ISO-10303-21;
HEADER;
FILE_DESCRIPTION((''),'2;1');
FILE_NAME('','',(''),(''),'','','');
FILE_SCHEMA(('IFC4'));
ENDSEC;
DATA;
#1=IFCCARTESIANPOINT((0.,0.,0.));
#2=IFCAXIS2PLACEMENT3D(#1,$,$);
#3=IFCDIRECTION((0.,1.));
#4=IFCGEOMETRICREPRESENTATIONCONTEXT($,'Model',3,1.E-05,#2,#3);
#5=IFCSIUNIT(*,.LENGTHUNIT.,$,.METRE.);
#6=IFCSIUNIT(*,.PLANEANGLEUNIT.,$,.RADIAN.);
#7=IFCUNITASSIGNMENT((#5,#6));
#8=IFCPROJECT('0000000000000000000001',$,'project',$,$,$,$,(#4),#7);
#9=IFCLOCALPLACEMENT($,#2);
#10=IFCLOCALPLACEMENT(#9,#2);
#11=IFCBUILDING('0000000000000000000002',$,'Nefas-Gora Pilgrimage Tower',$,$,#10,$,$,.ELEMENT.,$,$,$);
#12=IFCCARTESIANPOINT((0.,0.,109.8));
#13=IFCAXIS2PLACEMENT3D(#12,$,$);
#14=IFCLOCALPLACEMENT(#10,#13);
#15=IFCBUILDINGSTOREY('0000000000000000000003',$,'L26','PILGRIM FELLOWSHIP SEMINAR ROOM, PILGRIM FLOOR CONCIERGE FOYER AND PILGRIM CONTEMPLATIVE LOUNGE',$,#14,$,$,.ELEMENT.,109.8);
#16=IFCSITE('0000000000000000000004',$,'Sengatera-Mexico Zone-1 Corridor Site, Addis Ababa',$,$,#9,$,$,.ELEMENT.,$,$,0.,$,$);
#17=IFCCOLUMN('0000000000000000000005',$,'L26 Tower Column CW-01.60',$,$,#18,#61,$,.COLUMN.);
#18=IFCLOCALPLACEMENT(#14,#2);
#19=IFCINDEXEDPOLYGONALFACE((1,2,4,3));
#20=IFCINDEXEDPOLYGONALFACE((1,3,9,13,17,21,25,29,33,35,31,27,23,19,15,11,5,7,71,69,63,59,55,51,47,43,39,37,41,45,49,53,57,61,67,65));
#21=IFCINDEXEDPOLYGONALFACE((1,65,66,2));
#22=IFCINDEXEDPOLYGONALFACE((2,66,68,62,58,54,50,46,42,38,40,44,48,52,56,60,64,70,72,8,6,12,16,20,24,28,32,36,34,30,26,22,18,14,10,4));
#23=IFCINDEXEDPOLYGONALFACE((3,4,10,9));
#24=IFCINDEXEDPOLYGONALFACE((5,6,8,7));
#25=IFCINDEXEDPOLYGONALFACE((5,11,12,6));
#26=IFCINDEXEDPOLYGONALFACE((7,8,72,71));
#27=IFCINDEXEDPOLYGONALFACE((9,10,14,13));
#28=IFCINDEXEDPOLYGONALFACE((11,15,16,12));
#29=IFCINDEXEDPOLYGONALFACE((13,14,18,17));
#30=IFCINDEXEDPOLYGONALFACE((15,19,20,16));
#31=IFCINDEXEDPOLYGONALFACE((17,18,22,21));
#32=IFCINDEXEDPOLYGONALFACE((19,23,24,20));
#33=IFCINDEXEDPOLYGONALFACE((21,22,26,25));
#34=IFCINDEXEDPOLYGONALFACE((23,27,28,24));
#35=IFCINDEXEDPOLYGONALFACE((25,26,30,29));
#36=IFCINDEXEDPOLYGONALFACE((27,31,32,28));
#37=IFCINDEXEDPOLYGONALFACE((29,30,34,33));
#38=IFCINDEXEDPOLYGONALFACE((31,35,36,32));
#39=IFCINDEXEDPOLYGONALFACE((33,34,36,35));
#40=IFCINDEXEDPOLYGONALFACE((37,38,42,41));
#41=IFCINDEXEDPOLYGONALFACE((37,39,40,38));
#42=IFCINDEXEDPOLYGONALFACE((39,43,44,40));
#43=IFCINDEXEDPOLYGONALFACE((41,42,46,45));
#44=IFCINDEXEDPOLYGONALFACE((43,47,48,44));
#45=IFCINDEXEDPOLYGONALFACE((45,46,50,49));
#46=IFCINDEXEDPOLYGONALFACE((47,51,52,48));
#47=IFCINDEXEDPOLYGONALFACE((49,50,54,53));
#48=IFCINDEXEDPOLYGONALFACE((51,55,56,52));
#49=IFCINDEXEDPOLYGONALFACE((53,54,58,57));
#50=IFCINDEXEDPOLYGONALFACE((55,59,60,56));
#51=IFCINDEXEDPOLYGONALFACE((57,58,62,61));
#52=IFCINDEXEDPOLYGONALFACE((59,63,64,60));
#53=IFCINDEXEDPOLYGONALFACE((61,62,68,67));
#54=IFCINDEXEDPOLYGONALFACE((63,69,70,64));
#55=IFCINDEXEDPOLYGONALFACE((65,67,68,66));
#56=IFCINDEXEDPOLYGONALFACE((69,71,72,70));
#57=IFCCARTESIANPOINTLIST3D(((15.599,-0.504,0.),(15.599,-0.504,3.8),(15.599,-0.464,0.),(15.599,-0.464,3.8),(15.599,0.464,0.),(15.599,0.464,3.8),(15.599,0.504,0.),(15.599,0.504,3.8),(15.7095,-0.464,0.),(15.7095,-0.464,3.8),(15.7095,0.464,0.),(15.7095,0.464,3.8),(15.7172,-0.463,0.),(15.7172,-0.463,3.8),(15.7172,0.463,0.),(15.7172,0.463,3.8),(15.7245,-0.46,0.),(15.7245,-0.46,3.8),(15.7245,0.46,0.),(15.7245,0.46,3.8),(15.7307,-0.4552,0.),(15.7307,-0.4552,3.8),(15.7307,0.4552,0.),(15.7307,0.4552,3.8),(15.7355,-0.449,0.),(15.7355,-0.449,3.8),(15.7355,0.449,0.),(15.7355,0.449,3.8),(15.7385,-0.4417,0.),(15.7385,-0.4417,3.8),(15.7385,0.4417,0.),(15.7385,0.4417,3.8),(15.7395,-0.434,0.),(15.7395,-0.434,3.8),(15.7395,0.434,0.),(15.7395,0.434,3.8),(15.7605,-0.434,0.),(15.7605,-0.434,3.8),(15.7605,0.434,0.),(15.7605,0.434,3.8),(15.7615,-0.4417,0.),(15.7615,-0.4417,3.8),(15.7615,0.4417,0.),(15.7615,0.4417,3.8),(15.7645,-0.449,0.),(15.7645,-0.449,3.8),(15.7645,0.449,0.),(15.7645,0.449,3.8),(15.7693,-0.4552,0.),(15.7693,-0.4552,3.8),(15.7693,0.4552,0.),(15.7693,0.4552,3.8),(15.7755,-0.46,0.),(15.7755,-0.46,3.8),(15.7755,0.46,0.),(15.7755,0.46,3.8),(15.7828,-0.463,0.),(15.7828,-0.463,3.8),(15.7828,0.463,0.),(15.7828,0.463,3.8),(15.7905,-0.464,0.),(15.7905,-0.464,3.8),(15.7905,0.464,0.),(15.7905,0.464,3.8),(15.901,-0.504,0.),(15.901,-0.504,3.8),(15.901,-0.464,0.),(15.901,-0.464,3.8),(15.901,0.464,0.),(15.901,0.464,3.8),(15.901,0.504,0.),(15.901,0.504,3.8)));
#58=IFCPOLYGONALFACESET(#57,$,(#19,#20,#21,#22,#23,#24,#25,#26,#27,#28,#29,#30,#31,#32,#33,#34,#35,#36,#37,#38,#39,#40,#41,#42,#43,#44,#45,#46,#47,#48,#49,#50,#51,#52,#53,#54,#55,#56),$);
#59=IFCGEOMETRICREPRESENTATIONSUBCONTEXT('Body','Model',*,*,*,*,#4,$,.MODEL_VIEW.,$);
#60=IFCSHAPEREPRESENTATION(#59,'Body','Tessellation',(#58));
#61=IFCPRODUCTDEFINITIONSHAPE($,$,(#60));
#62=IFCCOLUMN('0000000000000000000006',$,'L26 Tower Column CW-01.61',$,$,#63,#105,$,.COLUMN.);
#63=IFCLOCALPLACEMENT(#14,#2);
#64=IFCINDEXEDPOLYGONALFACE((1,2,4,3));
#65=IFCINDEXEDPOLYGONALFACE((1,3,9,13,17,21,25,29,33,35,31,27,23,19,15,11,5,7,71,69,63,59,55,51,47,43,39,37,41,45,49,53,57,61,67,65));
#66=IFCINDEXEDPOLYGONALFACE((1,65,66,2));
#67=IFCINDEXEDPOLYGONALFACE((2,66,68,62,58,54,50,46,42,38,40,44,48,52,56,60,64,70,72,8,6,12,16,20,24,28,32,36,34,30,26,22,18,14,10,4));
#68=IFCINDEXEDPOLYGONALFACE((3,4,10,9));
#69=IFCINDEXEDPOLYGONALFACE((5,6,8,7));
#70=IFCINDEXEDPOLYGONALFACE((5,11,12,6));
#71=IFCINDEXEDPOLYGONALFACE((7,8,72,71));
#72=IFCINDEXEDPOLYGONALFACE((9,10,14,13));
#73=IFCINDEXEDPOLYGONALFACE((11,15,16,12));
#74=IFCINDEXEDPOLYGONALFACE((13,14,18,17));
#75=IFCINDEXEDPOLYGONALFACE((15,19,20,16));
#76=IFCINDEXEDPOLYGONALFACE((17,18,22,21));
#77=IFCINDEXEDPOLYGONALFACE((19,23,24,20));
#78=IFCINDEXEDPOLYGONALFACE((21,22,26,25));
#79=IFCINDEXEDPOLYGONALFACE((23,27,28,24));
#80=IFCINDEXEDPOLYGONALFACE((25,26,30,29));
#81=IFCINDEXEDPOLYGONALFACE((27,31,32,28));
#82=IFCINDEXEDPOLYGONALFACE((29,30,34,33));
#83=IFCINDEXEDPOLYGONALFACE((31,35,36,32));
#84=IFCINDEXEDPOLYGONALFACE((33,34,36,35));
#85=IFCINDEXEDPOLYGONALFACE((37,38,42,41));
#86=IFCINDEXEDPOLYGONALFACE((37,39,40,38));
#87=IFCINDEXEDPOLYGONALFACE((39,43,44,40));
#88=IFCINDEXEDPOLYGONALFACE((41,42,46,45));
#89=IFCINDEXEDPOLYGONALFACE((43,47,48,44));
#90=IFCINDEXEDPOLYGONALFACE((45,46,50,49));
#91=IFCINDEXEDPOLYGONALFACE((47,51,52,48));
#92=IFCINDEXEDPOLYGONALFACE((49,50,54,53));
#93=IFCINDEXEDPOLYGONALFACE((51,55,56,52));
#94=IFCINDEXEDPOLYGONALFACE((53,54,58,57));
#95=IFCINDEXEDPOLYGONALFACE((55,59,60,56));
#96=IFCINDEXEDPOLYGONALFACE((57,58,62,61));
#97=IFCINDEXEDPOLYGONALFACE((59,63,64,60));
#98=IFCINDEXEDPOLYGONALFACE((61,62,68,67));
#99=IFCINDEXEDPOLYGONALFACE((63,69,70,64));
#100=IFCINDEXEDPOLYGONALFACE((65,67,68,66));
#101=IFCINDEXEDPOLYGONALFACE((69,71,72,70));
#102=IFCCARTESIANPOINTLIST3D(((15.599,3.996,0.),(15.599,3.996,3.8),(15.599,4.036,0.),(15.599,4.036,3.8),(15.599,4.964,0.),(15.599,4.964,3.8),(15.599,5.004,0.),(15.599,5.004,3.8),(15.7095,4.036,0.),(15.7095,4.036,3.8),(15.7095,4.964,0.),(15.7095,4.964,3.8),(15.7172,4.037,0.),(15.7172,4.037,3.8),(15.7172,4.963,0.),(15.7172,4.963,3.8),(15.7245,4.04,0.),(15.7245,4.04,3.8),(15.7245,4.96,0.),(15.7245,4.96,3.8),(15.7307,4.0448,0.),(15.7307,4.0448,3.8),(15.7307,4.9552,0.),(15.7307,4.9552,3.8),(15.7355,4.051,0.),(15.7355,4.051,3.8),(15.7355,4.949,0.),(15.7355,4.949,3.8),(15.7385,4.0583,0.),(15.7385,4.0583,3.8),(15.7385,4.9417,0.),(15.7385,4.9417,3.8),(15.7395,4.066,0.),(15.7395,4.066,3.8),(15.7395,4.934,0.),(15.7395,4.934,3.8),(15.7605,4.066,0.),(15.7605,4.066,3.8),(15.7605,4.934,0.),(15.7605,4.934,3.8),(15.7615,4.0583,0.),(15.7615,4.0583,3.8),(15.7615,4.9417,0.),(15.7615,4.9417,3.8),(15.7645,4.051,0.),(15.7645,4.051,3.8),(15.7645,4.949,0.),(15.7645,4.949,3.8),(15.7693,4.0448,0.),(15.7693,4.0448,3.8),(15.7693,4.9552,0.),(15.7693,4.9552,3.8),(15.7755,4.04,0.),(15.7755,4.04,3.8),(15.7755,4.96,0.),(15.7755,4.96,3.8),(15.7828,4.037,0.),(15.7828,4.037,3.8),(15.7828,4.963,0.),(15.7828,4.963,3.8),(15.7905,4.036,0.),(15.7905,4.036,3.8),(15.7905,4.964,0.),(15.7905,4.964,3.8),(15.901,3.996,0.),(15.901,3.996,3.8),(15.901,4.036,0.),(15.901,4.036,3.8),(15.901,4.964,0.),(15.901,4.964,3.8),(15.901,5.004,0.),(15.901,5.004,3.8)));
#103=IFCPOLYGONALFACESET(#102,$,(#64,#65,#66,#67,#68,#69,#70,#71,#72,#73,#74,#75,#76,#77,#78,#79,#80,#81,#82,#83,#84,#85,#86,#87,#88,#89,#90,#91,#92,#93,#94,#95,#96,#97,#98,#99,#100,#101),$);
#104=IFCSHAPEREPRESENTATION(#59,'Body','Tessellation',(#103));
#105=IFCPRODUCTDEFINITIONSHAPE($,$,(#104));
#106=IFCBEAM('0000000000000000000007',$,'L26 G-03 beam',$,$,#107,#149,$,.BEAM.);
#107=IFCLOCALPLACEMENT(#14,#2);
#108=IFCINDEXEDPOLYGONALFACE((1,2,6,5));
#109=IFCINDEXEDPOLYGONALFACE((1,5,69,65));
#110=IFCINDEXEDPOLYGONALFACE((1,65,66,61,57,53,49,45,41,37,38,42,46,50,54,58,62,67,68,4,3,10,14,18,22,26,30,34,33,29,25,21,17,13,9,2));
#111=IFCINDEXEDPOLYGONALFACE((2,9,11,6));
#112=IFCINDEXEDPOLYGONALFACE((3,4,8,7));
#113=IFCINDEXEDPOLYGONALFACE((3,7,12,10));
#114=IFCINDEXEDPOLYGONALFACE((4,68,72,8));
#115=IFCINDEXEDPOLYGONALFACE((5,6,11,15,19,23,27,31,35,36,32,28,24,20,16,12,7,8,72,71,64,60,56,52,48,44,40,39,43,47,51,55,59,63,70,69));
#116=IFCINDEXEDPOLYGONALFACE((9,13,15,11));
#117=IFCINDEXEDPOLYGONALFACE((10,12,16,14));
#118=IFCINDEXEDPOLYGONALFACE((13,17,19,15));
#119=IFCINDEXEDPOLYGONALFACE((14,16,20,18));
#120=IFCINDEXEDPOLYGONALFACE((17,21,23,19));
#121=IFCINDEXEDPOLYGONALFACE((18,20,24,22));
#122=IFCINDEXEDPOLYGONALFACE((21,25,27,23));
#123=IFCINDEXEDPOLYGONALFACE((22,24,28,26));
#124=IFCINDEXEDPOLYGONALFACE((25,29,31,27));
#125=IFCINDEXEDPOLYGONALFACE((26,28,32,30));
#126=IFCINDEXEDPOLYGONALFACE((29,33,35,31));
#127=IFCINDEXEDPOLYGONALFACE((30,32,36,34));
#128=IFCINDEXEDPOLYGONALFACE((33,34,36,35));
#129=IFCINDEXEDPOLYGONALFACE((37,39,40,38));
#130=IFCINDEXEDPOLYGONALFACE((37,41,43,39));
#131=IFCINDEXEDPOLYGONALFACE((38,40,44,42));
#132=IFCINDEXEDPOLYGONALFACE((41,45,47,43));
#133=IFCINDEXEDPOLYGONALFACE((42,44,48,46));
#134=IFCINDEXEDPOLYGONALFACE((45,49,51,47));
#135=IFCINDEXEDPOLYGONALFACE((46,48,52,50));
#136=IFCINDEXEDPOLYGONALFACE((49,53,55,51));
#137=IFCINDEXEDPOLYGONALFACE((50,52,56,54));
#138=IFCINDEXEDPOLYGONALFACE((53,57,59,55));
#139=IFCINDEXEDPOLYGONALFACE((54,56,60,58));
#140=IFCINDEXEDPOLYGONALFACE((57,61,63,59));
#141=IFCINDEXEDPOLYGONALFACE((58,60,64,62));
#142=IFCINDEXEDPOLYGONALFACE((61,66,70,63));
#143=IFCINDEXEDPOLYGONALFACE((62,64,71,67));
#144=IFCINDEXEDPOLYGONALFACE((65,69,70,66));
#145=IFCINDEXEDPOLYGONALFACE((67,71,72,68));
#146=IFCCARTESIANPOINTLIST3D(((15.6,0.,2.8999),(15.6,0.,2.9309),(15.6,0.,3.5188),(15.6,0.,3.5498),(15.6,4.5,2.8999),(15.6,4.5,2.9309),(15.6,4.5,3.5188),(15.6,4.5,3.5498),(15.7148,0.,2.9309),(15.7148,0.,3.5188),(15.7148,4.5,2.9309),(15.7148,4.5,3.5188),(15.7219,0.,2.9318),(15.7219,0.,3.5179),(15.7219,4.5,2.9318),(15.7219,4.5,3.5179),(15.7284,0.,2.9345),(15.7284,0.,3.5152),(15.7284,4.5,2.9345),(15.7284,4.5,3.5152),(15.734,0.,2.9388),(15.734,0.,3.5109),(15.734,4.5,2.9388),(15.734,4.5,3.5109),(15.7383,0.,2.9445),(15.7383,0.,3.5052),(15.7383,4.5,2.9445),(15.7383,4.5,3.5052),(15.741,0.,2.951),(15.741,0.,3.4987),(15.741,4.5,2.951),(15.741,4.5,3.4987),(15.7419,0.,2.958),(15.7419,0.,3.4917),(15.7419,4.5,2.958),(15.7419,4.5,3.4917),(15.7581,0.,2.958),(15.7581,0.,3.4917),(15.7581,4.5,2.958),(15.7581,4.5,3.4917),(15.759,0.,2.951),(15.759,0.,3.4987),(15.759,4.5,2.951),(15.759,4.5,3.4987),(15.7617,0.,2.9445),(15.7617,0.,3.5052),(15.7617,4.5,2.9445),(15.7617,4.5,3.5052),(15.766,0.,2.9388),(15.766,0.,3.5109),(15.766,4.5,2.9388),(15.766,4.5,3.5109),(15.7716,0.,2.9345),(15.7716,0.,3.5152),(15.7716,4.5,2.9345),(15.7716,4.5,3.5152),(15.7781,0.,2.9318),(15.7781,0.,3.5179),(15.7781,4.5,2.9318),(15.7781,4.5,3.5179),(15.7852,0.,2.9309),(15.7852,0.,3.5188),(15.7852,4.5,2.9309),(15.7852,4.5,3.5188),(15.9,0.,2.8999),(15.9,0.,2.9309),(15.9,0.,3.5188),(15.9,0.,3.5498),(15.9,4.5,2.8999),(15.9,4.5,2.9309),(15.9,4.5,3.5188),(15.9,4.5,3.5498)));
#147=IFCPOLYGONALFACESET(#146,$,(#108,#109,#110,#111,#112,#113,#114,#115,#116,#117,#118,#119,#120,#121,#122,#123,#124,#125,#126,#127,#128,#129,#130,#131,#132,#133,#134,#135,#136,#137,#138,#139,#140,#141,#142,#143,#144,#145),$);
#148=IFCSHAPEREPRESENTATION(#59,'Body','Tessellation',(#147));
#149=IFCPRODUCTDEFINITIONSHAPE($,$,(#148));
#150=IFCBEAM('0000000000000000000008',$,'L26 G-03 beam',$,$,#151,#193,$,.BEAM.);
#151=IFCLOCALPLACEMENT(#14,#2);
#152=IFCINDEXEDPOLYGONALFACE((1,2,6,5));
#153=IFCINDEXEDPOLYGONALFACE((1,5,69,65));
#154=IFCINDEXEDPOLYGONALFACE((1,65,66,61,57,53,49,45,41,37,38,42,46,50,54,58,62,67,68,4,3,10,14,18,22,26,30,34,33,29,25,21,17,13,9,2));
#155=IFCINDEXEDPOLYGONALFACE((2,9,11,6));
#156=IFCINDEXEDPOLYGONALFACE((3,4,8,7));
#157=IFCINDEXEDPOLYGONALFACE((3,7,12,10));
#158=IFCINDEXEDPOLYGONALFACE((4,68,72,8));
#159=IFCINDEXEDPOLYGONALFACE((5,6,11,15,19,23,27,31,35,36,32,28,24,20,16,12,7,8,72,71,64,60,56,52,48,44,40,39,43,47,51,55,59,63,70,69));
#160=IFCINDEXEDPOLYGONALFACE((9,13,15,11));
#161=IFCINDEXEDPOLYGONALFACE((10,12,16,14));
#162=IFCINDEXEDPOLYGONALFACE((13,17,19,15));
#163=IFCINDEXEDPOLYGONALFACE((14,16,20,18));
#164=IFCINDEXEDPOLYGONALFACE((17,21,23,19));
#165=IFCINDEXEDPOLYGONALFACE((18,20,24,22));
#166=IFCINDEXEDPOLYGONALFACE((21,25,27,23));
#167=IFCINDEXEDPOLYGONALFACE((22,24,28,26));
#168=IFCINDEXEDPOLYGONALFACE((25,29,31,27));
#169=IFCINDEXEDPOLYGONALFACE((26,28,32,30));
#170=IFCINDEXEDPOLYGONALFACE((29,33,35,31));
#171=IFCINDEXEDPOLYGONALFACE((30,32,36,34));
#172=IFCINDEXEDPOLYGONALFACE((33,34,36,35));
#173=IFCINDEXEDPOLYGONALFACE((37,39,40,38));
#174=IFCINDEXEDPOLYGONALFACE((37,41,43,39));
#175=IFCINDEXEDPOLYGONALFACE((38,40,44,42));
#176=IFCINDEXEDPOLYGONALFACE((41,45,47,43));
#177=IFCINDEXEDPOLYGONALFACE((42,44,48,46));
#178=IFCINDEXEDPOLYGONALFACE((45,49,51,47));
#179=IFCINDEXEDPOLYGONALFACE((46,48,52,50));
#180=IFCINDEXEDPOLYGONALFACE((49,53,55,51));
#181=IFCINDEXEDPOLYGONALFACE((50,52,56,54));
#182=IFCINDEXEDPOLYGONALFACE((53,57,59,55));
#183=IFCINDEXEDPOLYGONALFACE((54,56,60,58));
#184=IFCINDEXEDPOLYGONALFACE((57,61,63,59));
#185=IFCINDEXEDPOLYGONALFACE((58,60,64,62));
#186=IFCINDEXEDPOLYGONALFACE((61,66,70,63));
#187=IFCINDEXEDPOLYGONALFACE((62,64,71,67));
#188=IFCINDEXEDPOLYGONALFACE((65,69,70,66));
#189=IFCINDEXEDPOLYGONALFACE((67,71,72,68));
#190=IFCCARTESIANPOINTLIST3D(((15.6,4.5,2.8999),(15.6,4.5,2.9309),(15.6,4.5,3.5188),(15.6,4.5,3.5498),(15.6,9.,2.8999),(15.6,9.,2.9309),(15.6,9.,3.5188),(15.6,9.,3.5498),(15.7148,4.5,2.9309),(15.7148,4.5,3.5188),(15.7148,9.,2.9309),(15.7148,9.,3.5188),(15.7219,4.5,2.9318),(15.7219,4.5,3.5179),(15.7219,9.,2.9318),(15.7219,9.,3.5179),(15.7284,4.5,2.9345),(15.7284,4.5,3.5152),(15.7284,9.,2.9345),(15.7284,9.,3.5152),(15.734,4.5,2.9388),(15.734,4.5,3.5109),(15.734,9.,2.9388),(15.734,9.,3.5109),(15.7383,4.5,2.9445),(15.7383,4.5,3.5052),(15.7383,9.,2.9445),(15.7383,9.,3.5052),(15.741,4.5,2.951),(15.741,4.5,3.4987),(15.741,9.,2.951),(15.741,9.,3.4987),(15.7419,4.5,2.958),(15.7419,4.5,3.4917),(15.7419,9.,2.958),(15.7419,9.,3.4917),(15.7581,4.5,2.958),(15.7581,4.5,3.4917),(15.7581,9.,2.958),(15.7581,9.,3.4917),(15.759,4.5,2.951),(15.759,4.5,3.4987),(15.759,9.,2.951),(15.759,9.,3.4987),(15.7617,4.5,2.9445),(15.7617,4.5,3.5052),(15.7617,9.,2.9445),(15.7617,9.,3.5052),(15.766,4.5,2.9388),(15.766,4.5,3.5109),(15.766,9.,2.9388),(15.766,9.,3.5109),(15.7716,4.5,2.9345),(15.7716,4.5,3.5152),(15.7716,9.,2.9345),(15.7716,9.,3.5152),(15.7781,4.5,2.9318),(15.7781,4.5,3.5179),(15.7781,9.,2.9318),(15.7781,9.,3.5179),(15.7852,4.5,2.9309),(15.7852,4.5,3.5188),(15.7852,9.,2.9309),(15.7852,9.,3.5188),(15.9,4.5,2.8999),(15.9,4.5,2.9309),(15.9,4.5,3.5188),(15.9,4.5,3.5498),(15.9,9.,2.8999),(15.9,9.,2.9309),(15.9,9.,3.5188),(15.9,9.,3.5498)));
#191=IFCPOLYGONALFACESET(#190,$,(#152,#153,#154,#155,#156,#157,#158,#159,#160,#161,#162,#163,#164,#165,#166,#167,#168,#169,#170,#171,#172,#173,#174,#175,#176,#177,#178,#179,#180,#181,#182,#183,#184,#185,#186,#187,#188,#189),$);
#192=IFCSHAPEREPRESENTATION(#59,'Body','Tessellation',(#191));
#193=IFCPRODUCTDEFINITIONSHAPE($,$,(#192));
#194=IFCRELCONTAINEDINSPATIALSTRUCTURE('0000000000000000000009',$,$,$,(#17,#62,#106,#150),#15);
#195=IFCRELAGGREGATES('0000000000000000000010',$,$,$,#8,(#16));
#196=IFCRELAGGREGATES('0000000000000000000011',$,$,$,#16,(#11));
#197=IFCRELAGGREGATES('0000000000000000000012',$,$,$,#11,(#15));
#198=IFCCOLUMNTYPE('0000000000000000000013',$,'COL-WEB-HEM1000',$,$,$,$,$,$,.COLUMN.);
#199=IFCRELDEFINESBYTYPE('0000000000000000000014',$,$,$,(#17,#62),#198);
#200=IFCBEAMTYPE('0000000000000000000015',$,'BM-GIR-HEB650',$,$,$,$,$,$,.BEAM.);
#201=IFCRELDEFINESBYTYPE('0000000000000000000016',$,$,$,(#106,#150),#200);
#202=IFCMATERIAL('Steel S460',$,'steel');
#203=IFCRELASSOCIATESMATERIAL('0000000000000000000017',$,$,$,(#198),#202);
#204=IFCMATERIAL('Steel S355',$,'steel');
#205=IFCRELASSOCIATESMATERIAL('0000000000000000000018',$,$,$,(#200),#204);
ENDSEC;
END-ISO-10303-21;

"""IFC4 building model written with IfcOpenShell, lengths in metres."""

from ifc_helpers import new_model, si_unit, direction, frame, origin, origin_2d, place, context, subcontext, project, spatial, i_section, extrude, source, transform, mapped, material, material_profile, profile_set, type_object, element, save


model = new_model("IFC4")

# Units and contexts
model_context = context("Model", 3, precision=1e-05, world=origin(), true_north=direction((0.0, 1.0)))
body_context = subcontext(model_context, "Body", "Model", "MODEL_VIEW")
ifc_project = project(units=[si_unit("LENGTHUNIT", "METRE"), si_unit("PLANEANGLEUNIT", "RADIAN")], contexts=[model_context])

# Site, building, storey
site_placement = place(None, origin())
site = spatial("IfcSite", under=ifc_project, at=site_placement, Name="Sengatera-Mexico Zone-1 Corridor Site, Addis Ababa", CompositionType="ELEMENT", RefElevation=0.0)
building_placement = place(site_placement, origin())
building = spatial("IfcBuilding", under=site, at=building_placement, Name="Nefas-Gora Pilgrimage Tower", CompositionType="ELEMENT")
storey_placement = place(building_placement, frame((0.0, 0.0, 109.8)))
storey = spatial("IfcBuildingStorey", under=building, at=storey_placement, Name="L26", Description="PILGRIM FELLOWSHIP SEMINAR ROOM, PILGRIM FLOOR CONCIERGE FOYER AND PILGRIM CONTEMPLATIVE LOUNGE", CompositionType="ELEMENT", Elevation=109.8)

# Columns
ifc_material_1 = material(Name="Steel S460", Category="steel")
ifc_material_profile_1 = material_profile(ifc_material_1, i_section(OverallWidth=0.302, OverallDepth=1.0081, WebThickness=0.021, FlangeThickness=0.04, FilletRadius=0.03, at=origin_2d()), Name="HEM 1000")
ifc_profile_set_1 = profile_set([ifc_material_profile_1], Name="Steel S460")
column_type = type_object("IfcColumnType", Name="COL-WEB-HEM1000", PredefinedType="COLUMN", material=ifc_profile_set_1)
shared_shape_1 = source(origin(), body_context, "Body", "SweptSolid", [
    extrude(i_section(OverallWidth=0.302, OverallDepth=1.0081, WebThickness=0.021, FlangeThickness=0.04, FilletRadius=0.03, at=origin_2d()), origin(), (0.0, 0.0, 1.0), 3.8),
])
for number, where, z_axis, x_axis, name in (
    (1, (15.75, 0.0, 0.0), (0.0, 0.0, 1.0), (1.0, 0.0, 0.0), "L26 Tower Column CW-01.60"),
    (2, (15.75, 4.5, 0.0), (0.0, 0.0, 1.0), (1.0, 0.0, 0.0), "L26 Tower Column CW-01.61"),
):
    element("IfcColumn", number, at=place(storey_placement, frame(where, z_axis=z_axis, x_axis=x_axis)), inside=storey, type_object=column_type, Name=name, PredefinedType="COLUMN", context=body_context, shape_type="MappedRepresentation", body=[
        mapped(shared_shape_1, transform((0.0, 0.0, 0.0), x_axis=(1.0, 0.0, 0.0), y_axis=(0.0, 1.0, 0.0), z_axis=(0.0, 0.0, 1.0), scale=1.0)),
    ])

# Beams
ifc_material_2 = material(Name="Steel S355", Category="steel")
ifc_material_profile_2 = material_profile(ifc_material_2, i_section(OverallWidth=0.3, OverallDepth=0.6499, WebThickness=0.0161, FlangeThickness=0.031, FilletRadius=0.0271, at=origin_2d()), Name="HEB 650")
ifc_profile_set_2 = profile_set([ifc_material_profile_2], Name="Steel S355")
beam_type = type_object("IfcBeamType", Name="BM-GIR-HEB650", PredefinedType="BEAM", material=ifc_profile_set_2)
shared_shape_2 = source(origin(), body_context, "Body", "SweptSolid", [
    extrude(i_section(OverallWidth=0.3, OverallDepth=0.6499, WebThickness=0.0161, FlangeThickness=0.031, FilletRadius=0.0271, at=origin_2d()), origin(), (0.0, 0.0, 1.0), 4.5),
])
for number, where, z_axis, x_axis, name in (
    (3, (15.75, 0.0, 3.2249), (0.0, 1.0, 0.0), (-1.0, 0.0, 0.0), "L26 G-03 beam"),
    (4, (15.75, 4.5, 3.2249), (0.0, 1.0, 0.0), (-1.0, 0.0, 0.0), "L26 G-03 beam"),
):
    element("IfcBeam", number, at=place(storey_placement, frame(where, z_axis=z_axis, x_axis=x_axis)), inside=storey, type_object=beam_type, Name=name, PredefinedType="BEAM", context=body_context, shape_type="MappedRepresentation", body=[
        mapped(shared_shape_2, transform((0.0, 0.0, 0.0), x_axis=(1.0, 0.0, 0.0), y_axis=(0.0, 1.0, 0.0), z_axis=(0.0, 0.0, 1.0), scale=1.0)),
    ])

save(model, "model.ifc")
